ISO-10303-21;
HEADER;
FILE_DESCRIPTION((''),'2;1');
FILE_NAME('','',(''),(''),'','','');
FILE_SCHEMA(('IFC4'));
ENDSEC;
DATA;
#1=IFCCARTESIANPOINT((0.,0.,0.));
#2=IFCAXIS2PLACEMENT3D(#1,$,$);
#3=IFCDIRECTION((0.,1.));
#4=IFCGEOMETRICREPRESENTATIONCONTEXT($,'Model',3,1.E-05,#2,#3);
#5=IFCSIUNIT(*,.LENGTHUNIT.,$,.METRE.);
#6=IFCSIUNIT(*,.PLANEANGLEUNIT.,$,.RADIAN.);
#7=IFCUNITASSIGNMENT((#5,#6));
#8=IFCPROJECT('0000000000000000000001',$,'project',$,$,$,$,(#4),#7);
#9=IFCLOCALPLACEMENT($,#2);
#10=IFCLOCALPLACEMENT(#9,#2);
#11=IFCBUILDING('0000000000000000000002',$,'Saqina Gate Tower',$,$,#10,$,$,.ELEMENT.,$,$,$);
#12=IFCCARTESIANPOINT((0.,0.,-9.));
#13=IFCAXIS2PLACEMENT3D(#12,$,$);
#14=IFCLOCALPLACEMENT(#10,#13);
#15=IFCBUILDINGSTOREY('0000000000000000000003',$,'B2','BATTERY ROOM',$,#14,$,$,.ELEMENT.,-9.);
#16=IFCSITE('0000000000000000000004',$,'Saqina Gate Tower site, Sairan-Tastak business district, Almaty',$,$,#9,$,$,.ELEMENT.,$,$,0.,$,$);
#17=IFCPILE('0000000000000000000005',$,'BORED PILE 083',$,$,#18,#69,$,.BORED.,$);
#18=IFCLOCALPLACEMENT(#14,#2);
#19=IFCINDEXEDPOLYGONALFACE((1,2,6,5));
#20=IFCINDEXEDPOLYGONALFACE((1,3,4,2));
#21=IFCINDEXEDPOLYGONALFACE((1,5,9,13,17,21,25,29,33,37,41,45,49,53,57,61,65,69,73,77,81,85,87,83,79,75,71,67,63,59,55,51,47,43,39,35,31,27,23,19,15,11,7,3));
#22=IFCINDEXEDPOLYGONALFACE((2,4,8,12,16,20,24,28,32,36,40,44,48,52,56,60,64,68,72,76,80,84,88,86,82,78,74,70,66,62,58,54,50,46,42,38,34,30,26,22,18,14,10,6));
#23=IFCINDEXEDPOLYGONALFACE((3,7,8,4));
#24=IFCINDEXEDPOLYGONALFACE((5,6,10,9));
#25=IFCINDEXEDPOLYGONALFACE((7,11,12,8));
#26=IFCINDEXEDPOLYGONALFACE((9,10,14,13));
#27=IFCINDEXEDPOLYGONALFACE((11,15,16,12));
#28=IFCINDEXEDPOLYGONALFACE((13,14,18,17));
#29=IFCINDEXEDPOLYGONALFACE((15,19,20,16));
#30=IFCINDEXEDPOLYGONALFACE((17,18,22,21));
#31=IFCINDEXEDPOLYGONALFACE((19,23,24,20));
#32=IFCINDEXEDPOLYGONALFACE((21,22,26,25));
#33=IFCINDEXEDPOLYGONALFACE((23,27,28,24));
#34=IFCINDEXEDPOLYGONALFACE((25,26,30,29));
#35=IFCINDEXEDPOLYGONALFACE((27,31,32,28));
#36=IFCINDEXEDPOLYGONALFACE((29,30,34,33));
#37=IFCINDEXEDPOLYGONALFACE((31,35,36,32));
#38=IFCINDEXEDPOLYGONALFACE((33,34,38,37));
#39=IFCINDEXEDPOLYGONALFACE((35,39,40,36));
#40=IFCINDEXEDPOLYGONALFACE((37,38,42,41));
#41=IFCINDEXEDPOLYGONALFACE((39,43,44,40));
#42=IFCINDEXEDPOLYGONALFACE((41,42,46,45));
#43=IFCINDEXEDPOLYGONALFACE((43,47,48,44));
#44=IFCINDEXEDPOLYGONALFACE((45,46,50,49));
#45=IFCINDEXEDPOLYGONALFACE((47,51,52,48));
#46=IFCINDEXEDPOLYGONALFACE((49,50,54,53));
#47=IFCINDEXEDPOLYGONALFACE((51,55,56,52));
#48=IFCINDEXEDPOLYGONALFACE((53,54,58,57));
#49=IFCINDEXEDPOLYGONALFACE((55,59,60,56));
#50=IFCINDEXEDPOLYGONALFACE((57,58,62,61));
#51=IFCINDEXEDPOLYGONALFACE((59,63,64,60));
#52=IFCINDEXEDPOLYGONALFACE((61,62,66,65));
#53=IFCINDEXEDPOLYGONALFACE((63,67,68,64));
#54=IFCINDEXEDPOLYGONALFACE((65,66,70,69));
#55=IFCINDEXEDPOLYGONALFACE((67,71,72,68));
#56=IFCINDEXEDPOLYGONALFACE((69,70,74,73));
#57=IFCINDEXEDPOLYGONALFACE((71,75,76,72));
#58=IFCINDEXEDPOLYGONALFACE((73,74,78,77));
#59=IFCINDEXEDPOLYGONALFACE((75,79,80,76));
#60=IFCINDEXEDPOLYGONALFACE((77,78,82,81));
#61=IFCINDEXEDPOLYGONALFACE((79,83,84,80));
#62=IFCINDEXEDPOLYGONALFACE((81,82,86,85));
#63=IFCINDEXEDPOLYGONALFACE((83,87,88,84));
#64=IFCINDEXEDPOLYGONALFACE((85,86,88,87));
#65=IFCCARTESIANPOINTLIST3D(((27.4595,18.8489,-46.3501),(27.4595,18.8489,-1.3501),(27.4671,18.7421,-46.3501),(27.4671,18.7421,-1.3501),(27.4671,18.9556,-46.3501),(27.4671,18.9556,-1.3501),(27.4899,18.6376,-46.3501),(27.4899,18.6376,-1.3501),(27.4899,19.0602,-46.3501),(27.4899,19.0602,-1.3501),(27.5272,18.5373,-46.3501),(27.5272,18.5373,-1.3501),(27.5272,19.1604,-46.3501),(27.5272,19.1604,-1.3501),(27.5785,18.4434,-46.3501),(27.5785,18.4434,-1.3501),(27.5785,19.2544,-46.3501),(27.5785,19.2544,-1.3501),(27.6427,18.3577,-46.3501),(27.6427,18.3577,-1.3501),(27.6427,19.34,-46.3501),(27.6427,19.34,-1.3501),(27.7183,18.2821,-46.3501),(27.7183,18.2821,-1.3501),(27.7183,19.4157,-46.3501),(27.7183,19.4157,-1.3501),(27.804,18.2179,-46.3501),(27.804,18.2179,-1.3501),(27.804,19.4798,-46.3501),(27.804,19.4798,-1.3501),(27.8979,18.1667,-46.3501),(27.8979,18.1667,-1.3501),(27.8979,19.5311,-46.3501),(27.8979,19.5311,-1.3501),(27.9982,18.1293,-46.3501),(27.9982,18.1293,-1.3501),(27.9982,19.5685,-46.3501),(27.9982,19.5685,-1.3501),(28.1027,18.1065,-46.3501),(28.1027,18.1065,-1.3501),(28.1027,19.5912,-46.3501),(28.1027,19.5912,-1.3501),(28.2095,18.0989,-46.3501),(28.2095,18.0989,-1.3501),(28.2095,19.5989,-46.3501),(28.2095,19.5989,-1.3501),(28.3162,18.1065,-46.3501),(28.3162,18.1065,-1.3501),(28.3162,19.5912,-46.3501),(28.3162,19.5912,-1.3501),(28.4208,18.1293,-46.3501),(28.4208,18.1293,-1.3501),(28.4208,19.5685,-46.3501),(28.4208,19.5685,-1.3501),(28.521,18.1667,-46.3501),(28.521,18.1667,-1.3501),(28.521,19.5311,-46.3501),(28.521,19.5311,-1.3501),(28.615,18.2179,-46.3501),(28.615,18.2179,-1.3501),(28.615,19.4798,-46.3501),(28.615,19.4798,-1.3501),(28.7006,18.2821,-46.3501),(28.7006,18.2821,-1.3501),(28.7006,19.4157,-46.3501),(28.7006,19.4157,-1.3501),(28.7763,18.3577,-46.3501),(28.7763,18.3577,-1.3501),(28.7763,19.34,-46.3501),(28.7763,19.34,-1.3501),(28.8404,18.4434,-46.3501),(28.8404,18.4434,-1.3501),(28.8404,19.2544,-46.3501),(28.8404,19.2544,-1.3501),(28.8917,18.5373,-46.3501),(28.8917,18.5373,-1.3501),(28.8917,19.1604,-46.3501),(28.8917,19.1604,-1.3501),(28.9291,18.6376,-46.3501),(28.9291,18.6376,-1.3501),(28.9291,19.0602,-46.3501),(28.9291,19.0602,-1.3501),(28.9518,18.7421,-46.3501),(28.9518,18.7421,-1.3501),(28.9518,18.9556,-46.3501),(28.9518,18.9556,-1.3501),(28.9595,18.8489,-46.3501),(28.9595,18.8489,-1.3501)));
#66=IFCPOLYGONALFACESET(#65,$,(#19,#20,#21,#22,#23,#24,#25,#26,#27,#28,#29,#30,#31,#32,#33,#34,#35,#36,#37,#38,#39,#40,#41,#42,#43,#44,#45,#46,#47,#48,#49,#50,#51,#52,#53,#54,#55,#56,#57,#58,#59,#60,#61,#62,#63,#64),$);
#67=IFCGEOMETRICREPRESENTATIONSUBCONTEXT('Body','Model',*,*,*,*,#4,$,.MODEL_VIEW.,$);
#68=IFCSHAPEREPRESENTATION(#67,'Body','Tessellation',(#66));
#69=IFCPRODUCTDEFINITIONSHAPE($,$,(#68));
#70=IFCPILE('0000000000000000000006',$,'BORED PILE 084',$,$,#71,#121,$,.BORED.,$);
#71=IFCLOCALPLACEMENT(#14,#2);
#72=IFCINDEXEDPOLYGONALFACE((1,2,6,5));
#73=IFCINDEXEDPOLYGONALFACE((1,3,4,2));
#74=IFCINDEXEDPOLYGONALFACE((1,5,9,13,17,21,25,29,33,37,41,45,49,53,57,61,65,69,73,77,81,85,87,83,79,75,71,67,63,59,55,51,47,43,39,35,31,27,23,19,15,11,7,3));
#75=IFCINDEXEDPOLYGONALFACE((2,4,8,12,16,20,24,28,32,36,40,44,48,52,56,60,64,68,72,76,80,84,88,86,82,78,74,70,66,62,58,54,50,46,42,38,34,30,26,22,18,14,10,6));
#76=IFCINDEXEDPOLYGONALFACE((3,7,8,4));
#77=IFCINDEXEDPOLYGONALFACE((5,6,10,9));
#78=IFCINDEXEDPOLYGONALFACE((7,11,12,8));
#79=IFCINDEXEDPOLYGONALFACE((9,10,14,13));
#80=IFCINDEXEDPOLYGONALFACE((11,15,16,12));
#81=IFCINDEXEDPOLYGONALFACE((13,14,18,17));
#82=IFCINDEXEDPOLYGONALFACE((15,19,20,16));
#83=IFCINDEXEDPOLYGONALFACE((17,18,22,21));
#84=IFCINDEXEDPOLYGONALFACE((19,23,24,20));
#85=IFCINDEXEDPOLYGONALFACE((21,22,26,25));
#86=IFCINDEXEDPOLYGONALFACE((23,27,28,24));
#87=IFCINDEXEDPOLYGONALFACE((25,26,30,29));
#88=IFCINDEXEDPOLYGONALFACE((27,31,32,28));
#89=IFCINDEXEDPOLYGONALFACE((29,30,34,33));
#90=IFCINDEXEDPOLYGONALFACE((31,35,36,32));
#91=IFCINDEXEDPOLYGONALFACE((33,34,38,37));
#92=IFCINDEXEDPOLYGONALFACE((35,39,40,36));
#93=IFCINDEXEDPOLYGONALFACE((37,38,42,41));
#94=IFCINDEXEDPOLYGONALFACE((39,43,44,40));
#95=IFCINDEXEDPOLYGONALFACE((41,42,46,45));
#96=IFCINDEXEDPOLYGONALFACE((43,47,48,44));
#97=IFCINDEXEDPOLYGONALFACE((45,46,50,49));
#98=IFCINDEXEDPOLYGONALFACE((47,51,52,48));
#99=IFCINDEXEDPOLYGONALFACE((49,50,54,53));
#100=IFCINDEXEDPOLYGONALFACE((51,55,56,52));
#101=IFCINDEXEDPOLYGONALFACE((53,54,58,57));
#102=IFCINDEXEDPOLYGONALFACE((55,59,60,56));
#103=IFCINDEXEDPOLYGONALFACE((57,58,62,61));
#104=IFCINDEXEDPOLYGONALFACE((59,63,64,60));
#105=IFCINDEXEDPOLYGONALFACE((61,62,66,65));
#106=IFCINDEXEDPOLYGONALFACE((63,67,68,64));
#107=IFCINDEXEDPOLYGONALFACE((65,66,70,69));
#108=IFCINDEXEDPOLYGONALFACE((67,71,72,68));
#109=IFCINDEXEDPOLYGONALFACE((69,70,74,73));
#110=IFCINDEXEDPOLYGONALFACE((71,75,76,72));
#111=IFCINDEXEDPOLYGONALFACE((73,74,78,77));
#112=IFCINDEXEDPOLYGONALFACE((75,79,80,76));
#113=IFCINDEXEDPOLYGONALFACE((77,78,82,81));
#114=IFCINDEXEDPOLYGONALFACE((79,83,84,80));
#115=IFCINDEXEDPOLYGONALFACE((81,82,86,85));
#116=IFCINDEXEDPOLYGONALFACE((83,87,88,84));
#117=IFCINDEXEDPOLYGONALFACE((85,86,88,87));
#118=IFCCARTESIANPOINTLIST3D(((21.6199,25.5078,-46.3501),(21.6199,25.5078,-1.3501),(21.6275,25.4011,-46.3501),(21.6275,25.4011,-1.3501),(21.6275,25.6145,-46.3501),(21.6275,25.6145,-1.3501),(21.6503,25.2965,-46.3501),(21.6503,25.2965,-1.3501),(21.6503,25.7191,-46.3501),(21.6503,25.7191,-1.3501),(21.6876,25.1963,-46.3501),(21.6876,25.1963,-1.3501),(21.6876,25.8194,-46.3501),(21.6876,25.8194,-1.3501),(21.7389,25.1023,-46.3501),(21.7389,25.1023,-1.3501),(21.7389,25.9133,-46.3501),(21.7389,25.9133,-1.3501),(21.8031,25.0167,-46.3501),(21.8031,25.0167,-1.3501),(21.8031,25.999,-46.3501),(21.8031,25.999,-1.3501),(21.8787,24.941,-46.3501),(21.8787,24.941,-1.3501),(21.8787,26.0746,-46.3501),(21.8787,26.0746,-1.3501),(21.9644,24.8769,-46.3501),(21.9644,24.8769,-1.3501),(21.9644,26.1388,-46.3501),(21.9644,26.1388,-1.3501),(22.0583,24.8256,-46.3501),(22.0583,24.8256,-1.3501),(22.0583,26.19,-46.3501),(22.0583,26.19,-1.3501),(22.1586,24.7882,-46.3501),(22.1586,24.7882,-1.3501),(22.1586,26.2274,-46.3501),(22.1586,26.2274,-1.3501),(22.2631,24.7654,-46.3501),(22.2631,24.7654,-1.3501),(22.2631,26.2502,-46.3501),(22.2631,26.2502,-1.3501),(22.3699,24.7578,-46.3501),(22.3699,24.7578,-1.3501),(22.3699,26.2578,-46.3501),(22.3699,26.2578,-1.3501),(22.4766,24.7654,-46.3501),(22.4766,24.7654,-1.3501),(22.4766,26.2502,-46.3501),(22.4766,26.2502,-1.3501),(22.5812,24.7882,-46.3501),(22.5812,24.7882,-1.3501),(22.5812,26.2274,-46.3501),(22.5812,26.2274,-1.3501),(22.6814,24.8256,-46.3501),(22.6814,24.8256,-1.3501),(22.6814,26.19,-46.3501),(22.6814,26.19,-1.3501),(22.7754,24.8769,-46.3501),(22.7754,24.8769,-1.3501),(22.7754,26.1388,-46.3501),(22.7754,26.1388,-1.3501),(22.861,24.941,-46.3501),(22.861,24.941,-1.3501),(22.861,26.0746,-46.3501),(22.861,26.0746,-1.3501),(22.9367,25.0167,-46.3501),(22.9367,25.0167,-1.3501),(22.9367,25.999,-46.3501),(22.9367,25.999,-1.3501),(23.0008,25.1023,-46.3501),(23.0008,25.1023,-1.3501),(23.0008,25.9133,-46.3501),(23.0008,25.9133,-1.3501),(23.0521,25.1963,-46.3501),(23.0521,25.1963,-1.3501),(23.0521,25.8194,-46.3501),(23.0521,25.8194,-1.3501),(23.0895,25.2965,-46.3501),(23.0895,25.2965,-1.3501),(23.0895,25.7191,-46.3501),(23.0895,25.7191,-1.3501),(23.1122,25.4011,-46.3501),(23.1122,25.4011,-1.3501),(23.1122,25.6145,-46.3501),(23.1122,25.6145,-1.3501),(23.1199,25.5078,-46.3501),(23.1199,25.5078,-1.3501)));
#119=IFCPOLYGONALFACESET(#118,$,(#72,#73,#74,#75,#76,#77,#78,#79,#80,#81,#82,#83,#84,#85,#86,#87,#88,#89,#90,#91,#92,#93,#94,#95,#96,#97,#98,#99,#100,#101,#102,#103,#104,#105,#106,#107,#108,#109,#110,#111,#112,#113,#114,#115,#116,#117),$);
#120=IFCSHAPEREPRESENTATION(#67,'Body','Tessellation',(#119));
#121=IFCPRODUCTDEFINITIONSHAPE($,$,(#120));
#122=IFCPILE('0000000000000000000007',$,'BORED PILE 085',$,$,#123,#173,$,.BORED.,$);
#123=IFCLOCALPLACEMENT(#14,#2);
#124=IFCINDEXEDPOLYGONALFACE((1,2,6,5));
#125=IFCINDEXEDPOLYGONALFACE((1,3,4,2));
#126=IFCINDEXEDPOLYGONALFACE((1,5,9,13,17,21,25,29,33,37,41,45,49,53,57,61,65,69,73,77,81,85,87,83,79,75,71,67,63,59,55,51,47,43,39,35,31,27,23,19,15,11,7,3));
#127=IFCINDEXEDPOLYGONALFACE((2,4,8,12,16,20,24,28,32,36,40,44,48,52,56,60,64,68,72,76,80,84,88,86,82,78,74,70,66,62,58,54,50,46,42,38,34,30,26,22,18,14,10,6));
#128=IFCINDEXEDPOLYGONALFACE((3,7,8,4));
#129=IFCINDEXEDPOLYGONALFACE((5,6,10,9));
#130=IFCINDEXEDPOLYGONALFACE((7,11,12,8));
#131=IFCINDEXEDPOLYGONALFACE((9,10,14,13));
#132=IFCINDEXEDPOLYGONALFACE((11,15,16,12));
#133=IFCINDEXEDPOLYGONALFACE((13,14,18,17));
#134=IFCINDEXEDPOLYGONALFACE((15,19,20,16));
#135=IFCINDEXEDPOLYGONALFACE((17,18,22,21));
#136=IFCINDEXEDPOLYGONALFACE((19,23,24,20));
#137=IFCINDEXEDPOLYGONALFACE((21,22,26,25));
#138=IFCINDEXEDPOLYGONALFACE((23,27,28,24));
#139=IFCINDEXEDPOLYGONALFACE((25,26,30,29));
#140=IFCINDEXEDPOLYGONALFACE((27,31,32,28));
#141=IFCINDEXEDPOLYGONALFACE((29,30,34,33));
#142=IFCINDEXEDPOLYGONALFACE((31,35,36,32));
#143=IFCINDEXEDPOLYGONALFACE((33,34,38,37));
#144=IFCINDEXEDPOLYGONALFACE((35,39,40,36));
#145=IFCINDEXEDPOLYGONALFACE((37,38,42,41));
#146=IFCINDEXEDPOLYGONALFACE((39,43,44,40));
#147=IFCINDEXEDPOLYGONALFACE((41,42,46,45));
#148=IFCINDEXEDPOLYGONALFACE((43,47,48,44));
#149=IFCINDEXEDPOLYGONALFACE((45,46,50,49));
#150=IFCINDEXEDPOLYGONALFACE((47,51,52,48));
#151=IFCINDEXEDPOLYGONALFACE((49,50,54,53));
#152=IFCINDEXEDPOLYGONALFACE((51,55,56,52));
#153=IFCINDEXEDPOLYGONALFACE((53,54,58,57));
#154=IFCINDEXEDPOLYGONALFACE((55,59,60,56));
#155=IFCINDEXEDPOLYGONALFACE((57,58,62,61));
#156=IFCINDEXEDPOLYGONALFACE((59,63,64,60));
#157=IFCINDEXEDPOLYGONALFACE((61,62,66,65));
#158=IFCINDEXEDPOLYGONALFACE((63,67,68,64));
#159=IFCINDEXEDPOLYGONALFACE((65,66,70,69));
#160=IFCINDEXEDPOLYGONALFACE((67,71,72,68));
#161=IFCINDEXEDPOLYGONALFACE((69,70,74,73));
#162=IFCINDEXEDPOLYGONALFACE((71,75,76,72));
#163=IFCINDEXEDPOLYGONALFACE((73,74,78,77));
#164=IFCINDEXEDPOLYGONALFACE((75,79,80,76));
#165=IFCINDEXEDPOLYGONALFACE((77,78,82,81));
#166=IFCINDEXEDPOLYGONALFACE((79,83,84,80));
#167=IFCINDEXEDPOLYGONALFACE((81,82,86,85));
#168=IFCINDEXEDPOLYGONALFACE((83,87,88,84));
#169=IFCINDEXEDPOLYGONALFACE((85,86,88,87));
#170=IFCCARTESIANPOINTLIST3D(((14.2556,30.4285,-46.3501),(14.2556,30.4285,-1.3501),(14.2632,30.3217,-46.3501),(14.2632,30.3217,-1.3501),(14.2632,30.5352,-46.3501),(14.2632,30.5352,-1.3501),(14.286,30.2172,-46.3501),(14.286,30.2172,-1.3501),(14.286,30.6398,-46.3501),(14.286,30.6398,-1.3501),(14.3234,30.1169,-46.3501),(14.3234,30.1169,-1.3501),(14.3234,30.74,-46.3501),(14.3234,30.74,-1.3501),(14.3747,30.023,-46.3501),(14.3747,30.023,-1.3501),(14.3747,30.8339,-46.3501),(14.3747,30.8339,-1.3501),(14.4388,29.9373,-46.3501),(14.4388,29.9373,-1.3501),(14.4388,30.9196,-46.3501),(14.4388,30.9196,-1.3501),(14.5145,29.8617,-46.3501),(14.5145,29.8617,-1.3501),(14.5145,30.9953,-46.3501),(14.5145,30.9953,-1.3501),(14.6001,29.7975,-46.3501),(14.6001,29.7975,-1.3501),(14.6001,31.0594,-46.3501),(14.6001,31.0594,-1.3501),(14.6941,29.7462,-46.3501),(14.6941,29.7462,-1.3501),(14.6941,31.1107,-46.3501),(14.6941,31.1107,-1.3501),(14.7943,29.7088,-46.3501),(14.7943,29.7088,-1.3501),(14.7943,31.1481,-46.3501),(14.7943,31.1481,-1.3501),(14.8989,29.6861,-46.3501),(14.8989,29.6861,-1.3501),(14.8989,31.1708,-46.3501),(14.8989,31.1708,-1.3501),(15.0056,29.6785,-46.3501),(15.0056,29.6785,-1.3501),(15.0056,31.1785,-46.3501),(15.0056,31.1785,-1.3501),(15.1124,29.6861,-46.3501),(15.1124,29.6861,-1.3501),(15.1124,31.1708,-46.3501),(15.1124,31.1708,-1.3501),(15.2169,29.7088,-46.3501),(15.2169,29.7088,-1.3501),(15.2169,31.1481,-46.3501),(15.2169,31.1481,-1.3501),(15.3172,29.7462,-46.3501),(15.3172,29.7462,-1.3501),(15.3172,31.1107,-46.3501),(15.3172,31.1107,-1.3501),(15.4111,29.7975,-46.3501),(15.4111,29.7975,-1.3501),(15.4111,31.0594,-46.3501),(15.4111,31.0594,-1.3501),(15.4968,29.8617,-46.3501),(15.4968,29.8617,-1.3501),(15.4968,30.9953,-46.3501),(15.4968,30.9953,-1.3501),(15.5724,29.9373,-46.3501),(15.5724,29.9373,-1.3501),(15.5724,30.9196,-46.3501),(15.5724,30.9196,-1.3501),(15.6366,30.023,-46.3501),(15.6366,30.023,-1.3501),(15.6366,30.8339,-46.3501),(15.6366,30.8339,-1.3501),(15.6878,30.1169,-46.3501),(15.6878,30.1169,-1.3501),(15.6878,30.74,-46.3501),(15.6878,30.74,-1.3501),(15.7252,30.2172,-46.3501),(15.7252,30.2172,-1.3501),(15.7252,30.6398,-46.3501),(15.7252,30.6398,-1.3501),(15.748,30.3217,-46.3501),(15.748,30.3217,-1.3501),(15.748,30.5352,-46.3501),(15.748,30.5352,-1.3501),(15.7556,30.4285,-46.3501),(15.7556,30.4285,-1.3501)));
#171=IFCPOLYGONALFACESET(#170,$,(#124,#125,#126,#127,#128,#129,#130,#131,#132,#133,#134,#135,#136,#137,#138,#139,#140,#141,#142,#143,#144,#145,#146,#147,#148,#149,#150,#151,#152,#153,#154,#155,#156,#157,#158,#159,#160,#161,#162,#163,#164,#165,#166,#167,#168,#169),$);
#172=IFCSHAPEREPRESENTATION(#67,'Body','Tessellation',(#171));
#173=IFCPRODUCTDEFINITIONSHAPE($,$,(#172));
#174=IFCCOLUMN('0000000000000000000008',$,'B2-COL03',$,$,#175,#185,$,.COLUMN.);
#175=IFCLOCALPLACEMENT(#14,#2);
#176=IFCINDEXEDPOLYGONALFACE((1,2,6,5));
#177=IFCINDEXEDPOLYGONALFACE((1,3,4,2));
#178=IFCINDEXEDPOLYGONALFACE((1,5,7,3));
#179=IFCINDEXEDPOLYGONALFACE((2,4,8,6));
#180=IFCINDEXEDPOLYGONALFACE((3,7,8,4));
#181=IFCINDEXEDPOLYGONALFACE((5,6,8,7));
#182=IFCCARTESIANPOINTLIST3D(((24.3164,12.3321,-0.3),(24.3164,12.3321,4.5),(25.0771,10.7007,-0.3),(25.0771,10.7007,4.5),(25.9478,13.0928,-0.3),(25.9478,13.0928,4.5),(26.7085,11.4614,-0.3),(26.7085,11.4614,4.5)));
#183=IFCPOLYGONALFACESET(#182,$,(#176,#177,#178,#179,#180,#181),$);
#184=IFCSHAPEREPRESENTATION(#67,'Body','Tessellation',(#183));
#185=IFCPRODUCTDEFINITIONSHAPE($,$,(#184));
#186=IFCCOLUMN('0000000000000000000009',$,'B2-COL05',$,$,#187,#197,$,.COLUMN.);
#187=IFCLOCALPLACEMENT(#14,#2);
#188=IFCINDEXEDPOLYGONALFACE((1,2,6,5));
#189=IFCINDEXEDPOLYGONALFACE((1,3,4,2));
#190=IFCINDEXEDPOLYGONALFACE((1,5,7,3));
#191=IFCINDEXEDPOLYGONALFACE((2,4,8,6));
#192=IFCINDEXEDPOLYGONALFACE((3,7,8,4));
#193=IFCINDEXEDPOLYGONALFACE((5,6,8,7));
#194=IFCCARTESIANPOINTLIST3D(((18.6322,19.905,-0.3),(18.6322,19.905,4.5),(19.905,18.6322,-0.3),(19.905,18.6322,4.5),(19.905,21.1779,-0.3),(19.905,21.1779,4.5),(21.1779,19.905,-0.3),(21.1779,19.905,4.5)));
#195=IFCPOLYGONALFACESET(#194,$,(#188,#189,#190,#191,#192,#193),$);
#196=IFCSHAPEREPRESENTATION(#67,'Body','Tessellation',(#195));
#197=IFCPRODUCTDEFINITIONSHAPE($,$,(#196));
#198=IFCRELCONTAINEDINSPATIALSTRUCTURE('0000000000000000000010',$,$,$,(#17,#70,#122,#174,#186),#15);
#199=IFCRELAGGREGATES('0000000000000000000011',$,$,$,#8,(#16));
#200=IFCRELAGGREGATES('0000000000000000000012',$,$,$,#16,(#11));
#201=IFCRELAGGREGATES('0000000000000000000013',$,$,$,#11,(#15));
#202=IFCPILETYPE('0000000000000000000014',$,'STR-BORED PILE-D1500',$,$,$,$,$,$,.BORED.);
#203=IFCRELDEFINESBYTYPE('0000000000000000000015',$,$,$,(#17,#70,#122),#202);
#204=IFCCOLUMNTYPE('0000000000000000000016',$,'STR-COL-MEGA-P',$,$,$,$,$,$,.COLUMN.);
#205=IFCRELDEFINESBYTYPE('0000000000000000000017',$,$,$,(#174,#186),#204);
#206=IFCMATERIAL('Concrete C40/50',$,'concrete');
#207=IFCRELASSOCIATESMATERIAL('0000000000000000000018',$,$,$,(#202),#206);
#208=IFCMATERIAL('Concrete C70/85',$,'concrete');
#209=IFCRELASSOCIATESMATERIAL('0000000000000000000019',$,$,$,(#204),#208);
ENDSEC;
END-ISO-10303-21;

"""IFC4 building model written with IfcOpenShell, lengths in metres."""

from ifc_helpers import new_model, si_unit, direction, frame, origin, origin_2d, place, context, subcontext, project, spatial, rectangle, circle, extrude, material, material_profile, profile_set, type_object, element, save


model = new_model("IFC4")

# Units and contexts
model_context = context("Model", 3, precision=1e-05, world=origin(), true_north=direction((0.0, 1.0)))
body_context = subcontext(model_context, "Body", "Model", "MODEL_VIEW")
ifc_project = project(units=[si_unit("LENGTHUNIT", "METRE"), si_unit("PLANEANGLEUNIT", "RADIAN")], contexts=[model_context])

# Site, building, storey
site_placement = place(None, origin())
site = spatial("IfcSite", under=ifc_project, at=site_placement, Name="Saqina Gate Tower site, Sairan-Tastak business district, Almaty", CompositionType="ELEMENT", RefElevation=0.0)
building_placement = place(site_placement, origin())
building = spatial("IfcBuilding", under=site, at=building_placement, Name="Saqina Gate Tower", CompositionType="ELEMENT")
storey_placement = place(building_placement, frame((0.0, 0.0, -9.0)))
storey = spatial("IfcBuildingStorey", under=building, at=storey_placement, Name="B2", Description="BATTERY ROOM", CompositionType="ELEMENT", Elevation=-9.0)

# Piles
ifc_material_1 = material(Name="Concrete C40/50", Category="concrete")
ifc_material_profile_1 = material_profile(ifc_material_1, circle(Radius=0.75, at=origin_2d()), Name="RC D1500")
ifc_profile_set_1 = profile_set([ifc_material_profile_1], Name="Concrete C40/50")
pile_type = type_object("IfcPileType", Name="STR-BORED PILE-D1500", PredefinedType="BORED", material=ifc_profile_set_1)
for number, where, z_axis, x_axis, name in (
    (1, (28.2095, 18.8489, -1.3501), (0.0, 0.0, -1.0), (1.0, 0.0, 0.0), "BORED PILE 083"),
    (2, (22.3699, 25.5078, -1.3501), (0.0, 0.0, -1.0), (1.0, 0.0, 0.0), "BORED PILE 084"),
    (3, (15.0056, 30.4285, -1.3501), (0.0, 0.0, -1.0), (1.0, 0.0, 0.0), "BORED PILE 085"),
):
    element("IfcPile", number, at=place(storey_placement, frame(where, z_axis=z_axis, x_axis=x_axis)), inside=storey, type_object=pile_type, Name=name, PredefinedType="BORED", context=body_context, shape_type="SweptSolid", body=[
        extrude(circle(Radius=0.75, at=origin_2d()), origin(), (0.0, 0.0, 1.0), 45.0),
    ])

# Columns
ifc_material_2 = material(Name="Concrete C70/85", Category="concrete")
ifc_material_profile_2 = material_profile(ifc_material_2, rectangle(XDim=1.8, YDim=1.8, at=origin_2d()), Name="RC 1800x1800")
ifc_profile_set_2 = profile_set([ifc_material_profile_2], Name="Concrete C70/85")
column_type_1 = type_object("IfcColumnType", Name="STR-COL-MEGA-P", PredefinedType="COLUMN", material=ifc_profile_set_2)
for number, where, z_axis, x_axis, name in (
    (4, (25.5125, 11.8967, -0.3), (0.0, 0.0, 1.0), (0.906308, 0.422618, 0.0), "B2-COL03"),
    (5, (19.905, 19.905, -0.3), (0.0, 0.0, 1.0), (0.707107, 0.707107, 0.0), "B2-COL05"),
):
    element("IfcColumn", number, at=place(storey_placement, frame(where, z_axis=z_axis, x_axis=x_axis)), inside=storey, type_object=column_type_1, Name=name, PredefinedType="COLUMN", context=body_context, shape_type="SweptSolid", body=[
        extrude(rectangle(XDim=1.8, YDim=1.8, at=origin_2d()), origin(), (0.0, 0.0, 1.0), 4.8),
    ])

save(model, "model.ifc")
